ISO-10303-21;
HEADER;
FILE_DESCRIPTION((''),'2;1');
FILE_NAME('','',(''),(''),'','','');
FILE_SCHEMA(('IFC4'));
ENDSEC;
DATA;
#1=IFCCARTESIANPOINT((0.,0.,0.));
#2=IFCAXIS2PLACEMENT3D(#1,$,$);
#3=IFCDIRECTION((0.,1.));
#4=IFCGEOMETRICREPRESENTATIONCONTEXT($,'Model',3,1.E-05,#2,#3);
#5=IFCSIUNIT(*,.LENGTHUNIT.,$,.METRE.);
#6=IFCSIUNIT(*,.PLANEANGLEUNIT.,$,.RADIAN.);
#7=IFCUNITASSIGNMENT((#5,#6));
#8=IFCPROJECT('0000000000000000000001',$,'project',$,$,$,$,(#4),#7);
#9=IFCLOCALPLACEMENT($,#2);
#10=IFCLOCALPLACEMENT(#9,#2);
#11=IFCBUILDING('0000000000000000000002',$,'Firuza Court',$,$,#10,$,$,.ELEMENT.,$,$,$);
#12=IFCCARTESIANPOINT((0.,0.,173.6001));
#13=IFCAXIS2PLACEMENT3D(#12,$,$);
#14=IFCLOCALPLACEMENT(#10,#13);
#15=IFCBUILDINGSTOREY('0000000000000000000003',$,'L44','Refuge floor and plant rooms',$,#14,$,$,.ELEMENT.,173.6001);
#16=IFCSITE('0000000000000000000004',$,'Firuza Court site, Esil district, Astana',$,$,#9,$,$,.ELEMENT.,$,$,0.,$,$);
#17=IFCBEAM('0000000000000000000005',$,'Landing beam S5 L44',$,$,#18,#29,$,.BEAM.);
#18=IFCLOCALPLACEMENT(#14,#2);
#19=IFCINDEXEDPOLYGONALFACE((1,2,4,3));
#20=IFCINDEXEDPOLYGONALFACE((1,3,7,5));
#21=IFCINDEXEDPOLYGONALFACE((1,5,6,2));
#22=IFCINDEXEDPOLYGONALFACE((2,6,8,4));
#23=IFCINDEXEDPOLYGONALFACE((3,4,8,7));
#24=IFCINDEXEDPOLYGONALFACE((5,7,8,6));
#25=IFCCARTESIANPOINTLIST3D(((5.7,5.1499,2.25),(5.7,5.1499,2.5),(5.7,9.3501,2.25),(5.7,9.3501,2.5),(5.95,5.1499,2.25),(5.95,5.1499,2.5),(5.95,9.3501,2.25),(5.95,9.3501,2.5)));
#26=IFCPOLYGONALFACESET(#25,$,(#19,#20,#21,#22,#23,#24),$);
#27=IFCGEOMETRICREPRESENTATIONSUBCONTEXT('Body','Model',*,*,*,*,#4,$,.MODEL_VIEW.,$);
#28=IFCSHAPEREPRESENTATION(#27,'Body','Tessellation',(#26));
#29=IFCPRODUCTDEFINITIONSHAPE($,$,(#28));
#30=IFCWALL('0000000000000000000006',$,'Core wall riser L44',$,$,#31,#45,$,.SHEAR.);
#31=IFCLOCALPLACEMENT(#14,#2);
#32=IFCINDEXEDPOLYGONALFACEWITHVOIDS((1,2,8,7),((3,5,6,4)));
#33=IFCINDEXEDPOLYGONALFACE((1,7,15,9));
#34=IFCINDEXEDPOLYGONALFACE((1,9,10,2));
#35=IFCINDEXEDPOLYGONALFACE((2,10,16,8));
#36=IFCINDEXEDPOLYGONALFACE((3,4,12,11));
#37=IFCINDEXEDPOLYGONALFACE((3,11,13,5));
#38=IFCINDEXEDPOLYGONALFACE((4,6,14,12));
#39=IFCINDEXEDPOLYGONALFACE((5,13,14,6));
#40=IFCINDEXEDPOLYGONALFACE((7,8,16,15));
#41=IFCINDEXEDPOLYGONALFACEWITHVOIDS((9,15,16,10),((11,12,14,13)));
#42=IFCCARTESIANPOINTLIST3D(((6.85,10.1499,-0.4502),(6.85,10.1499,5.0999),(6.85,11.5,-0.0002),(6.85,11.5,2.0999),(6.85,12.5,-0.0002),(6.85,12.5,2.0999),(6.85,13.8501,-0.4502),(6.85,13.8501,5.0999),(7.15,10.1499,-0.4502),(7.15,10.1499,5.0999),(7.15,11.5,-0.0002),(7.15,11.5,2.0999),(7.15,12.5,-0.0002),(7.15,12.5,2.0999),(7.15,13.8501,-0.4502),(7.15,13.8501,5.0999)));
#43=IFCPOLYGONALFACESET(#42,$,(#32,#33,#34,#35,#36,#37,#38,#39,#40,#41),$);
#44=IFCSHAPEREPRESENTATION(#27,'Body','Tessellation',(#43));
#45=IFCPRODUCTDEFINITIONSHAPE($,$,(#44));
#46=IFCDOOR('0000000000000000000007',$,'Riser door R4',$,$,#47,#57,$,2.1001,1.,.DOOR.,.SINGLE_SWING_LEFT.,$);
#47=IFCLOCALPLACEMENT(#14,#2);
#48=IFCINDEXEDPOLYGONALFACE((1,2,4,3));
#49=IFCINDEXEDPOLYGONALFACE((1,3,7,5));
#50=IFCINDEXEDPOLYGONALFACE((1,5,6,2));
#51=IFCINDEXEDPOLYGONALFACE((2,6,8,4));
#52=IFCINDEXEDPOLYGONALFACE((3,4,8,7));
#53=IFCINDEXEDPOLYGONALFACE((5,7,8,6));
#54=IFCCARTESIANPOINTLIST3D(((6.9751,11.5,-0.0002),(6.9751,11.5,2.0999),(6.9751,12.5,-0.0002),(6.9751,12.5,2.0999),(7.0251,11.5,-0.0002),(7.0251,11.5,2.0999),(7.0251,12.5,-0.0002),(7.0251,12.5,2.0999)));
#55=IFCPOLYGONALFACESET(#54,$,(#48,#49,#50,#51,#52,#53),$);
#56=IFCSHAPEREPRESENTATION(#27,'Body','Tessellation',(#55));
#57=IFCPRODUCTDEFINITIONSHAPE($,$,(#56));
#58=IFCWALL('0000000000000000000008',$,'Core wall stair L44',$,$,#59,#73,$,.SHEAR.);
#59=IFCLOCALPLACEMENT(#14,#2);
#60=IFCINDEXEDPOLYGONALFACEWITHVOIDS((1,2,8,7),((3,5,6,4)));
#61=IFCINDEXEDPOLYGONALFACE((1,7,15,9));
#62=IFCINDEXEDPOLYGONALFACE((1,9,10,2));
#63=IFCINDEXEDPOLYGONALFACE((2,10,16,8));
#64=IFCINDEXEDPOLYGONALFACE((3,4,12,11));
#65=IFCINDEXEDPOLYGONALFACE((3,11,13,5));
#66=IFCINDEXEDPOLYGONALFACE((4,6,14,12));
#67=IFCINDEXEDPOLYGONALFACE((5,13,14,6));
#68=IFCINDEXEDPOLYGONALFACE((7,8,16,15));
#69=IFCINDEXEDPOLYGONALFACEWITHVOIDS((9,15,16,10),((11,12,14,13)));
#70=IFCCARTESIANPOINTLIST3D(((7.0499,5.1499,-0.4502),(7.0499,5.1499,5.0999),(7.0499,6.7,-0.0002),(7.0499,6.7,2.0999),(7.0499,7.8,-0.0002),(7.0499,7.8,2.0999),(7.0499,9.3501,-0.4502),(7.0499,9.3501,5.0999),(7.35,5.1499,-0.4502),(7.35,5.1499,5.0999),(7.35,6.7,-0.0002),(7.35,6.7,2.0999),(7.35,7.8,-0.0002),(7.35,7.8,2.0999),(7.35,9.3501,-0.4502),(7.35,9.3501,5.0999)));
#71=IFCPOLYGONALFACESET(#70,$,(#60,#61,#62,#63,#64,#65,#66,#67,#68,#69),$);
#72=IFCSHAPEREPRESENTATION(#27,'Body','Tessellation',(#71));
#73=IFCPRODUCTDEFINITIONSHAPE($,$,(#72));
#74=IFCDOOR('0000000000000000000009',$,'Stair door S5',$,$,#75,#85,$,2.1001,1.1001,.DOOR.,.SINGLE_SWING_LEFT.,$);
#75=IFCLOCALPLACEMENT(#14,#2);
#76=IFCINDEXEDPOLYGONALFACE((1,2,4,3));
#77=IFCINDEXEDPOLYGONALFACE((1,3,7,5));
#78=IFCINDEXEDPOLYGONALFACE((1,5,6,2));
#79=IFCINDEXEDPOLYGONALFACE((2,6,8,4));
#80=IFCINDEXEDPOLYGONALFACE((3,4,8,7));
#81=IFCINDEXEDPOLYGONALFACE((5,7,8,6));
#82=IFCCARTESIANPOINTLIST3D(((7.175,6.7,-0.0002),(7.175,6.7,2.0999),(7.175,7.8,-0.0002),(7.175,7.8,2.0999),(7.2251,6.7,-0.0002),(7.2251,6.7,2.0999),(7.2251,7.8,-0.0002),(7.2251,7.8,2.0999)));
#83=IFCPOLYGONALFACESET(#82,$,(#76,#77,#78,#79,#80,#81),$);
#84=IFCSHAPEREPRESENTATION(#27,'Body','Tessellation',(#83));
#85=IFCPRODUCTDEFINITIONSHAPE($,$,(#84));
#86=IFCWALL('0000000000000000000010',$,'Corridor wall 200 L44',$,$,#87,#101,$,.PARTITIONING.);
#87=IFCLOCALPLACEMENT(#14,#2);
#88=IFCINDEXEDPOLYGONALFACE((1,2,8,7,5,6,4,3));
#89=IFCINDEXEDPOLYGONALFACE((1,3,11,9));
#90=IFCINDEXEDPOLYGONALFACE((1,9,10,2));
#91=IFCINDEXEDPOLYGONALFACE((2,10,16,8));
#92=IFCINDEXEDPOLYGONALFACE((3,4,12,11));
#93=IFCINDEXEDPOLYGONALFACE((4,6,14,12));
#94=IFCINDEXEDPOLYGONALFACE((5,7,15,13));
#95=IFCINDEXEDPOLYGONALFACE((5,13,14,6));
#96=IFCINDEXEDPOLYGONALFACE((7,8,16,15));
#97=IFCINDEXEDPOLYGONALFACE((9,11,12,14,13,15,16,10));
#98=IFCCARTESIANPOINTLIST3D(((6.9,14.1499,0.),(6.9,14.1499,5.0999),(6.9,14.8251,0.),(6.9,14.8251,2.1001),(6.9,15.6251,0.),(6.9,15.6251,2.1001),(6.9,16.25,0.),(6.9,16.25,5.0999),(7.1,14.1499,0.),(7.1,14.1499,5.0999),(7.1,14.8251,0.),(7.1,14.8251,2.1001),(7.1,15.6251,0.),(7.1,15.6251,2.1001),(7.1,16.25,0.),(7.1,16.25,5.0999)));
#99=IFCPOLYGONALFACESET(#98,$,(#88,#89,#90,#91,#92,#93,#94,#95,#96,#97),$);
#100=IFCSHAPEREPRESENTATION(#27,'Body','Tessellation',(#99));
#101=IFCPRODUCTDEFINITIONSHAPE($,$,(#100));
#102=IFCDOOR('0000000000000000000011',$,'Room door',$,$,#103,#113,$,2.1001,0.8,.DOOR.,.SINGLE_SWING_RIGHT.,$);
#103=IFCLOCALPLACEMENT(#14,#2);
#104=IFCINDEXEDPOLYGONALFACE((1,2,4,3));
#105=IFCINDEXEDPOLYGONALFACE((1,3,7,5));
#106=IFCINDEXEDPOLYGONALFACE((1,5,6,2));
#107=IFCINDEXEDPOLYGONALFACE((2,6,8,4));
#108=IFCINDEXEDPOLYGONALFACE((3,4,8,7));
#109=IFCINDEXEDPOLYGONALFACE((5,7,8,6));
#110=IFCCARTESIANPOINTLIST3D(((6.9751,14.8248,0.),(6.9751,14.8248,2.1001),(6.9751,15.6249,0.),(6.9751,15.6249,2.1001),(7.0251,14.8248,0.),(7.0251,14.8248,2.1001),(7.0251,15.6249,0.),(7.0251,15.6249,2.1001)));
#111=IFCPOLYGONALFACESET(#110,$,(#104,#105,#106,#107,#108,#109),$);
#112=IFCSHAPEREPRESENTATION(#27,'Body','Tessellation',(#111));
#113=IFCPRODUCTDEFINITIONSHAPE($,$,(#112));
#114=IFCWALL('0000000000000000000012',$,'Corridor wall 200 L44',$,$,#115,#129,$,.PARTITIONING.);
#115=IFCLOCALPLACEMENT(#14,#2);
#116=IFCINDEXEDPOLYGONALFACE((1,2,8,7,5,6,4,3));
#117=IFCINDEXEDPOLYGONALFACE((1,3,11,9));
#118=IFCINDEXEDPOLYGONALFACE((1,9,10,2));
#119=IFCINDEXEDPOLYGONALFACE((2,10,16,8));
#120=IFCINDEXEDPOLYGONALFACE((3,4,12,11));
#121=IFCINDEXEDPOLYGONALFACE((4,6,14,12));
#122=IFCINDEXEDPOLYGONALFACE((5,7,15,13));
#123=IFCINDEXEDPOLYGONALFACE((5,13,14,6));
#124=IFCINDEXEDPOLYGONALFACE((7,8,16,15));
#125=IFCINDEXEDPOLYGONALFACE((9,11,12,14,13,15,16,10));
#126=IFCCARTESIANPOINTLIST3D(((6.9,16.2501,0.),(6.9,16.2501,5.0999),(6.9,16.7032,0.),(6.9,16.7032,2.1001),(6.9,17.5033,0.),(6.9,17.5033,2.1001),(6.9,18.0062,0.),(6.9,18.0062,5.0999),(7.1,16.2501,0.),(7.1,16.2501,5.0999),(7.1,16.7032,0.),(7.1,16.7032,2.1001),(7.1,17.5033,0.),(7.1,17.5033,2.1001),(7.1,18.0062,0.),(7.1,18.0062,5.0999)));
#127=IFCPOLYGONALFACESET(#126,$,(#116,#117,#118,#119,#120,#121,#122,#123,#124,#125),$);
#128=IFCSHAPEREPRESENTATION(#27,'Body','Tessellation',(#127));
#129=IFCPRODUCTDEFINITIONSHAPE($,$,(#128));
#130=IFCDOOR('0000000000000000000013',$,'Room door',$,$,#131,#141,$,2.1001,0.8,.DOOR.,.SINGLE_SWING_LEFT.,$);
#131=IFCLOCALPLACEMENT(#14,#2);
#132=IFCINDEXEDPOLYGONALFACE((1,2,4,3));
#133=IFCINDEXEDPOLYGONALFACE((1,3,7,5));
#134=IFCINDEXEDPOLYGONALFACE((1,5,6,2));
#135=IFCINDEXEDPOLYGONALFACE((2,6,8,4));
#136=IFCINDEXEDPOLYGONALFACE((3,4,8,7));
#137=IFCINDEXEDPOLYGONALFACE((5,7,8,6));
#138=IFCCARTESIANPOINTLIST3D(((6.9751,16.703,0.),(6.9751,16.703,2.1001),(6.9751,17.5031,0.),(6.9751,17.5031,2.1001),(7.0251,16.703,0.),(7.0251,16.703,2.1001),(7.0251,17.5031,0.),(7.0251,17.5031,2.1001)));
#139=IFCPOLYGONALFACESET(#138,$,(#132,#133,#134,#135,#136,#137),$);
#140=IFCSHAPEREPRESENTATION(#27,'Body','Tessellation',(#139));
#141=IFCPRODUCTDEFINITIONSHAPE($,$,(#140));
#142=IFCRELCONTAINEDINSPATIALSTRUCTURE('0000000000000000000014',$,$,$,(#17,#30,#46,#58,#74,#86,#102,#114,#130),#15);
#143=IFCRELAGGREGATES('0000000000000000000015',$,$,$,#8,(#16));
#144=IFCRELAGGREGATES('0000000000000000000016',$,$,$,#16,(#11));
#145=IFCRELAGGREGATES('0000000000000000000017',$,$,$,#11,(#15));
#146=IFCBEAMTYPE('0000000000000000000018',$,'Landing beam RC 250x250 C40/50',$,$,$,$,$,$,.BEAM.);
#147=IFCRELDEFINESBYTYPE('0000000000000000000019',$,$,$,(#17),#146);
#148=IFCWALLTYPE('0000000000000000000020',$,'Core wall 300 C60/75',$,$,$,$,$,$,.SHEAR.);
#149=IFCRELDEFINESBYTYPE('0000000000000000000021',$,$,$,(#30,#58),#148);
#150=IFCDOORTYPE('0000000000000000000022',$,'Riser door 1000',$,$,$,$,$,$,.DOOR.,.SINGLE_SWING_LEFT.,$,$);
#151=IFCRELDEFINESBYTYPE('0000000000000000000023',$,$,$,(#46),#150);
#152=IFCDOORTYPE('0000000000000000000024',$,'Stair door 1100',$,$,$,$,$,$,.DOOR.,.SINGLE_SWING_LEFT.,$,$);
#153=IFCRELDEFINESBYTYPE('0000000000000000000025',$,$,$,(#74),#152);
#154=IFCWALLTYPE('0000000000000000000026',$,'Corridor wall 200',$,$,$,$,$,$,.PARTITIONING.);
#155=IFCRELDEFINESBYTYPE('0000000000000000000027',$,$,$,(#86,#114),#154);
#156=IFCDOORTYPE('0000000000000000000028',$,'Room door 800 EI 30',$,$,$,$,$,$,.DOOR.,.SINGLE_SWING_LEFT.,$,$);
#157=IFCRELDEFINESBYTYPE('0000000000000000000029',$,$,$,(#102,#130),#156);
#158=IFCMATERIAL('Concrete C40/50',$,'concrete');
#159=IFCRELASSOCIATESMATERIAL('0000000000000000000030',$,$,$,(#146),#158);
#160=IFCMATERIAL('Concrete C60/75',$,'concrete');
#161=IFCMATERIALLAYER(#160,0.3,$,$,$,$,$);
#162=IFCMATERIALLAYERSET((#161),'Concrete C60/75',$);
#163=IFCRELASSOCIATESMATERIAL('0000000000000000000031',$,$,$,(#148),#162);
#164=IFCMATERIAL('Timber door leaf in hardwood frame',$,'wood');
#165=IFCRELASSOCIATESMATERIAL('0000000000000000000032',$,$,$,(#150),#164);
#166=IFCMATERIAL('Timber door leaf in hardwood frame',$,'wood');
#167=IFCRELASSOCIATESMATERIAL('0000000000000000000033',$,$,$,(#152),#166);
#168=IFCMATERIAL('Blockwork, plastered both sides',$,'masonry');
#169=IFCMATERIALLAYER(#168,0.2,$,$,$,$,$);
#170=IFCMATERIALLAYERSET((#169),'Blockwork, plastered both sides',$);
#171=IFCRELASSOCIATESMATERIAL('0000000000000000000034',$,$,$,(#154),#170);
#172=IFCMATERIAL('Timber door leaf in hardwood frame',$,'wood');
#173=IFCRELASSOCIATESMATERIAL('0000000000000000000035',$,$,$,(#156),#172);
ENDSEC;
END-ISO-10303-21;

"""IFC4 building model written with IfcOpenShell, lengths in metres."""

from ifc_helpers import new_model, si_unit, direction, frame, frame_2d, origin, origin_2d, place, context, subcontext, project, spatial, rectangle, extrude, material, layer, layer_set, material_profile, profile_set, type_object, element, fill, save


model = new_model("IFC4")

# Units and contexts
model_context = context("Model", 3, precision=1e-05, world=origin(), true_north=direction((0.0, 1.0)))
body_context = subcontext(model_context, "Body", "Model", "MODEL_VIEW")
ifc_project = project(units=[si_unit("LENGTHUNIT", "METRE"), si_unit("PLANEANGLEUNIT", "RADIAN")], contexts=[model_context])

# Site, building, storey
site_placement = place(None, origin())
site = spatial("IfcSite", under=ifc_project, at=site_placement, Name="Firuza Court site, Esil district, Astana", CompositionType="ELEMENT", RefElevation=0.0)
building_placement = place(site_placement, origin())
building = spatial("IfcBuilding", under=site, at=building_placement, Name="Firuza Court", CompositionType="ELEMENT")
storey_placement = place(building_placement, frame((0.0, 0.0, 173.6001)))
storey = spatial("IfcBuildingStorey", under=building, at=storey_placement, Name="L44", Description="Refuge floor and plant rooms", CompositionType="ELEMENT", Elevation=173.6001)

# Beam
ifc_material_1 = material(Name="Concrete C40/50", Category="concrete")
ifc_material_profile = material_profile(ifc_material_1, rectangle(XDim=0.25, YDim=0.25, at=origin_2d()), Name="RC 250x250")
ifc_profile_set = profile_set([ifc_material_profile], Name="Concrete C40/50")
beam_type = type_object("IfcBeamType", Name="Landing beam RC 250x250 C40/50", PredefinedType="BEAM", material=ifc_profile_set)
beam_placement = place(storey_placement, frame((5.825, 5.1499, 2.375), z_axis=(0.0, 1.0, 0.0), x_axis=(-1.0, 0.0, 0.0)))
element("IfcBeam", 1, at=beam_placement, inside=storey, type_object=beam_type, Name="Landing beam S5 L44", PredefinedType="BEAM", context=body_context, shape_type="SweptSolid", body=[
    extrude(rectangle(XDim=0.25, YDim=0.25, at=origin_2d()), origin(), (0.0, 0.0, 1.0), 4.2002),
])

# Walls, openings, doors
ifc_material_2 = material(Name="Concrete C60/75", Category="concrete")
ifc_layer_1 = layer(ifc_material_2, 0.3)
ifc_layer_set_1 = layer_set([ifc_layer_1], Name="Concrete C60/75")
wall_type_1 = type_object("IfcWallType", Name="Core wall 300 C60/75", PredefinedType="SHEAR", material=ifc_layer_set_1)
wall_1_placement = place(storey_placement, frame((7.0, 10.1499, -0.4502), z_axis=(0.0, 0.0, 1.0), x_axis=(0.0, 1.0, 0.0)))
wall_1 = element("IfcWall", 2, at=wall_1_placement, inside=storey, type_object=wall_type_1, Name="Core wall riser L44", PredefinedType="SHEAR", context=body_context, shape_type="SweptSolid", body=[
    extrude(rectangle(XDim=3.7002, YDim=0.3, at=frame_2d((1.8501, 0.0))), origin(), (0.0, 0.0, 1.0), 5.55),
])
opening_1_placement = place(wall_1_placement, frame((1.3501, 0.0, 0.45)))
opening_1 = element("IfcOpeningElement", 3, at=opening_1_placement, cuts=wall_1, PredefinedType="OPENING", context=body_context, shape_type="SweptSolid", body=[
    extrude(rectangle(XDim=1.0, YDim=2.1001, at=frame_2d((0.5, 1.05))), frame((0.0, 0.1621, 0.0), z_axis=(0.0, -1.0, 0.0), x_axis=(1.0, 0.0, 0.0)), (0.0, 0.0, 1.0), 0.324),
])
ifc_material_3 = material(Name="Timber door leaf in hardwood frame", Category="wood")
door_type_1 = type_object("IfcDoorType", Name="Riser door 1000", OperationType="SINGLE_SWING_LEFT", PredefinedType="DOOR", material=ifc_material_3)
door_1_placement = place(opening_1_placement, origin())
door_1 = element("IfcDoor", 4, at=door_1_placement, inside=storey, type_object=door_type_1, Name="Riser door R4", OperationType="SINGLE_SWING_LEFT", OverallHeight=2.1001, OverallWidth=1.0, PredefinedType="DOOR", context=body_context, shape_type="SweptSolid", body=[
    extrude(rectangle(XDim=1.0, YDim=2.1001, at=frame_2d((0.5, 1.05))), frame((0.0, 0.0249, 0.0), z_axis=(0.0, -1.0, 0.0), x_axis=(1.0, 0.0, 0.0)), (0.0, 0.0, 1.0), 0.05),
])
fill(opening_1, door_1)
wall_2_placement = place(storey_placement, frame((7.2, 5.1499, -0.4502), z_axis=(0.0, 0.0, 1.0), x_axis=(0.0, 1.0, 0.0)))
wall_2 = element("IfcWall", 5, at=wall_2_placement, inside=storey, type_object=wall_type_1, Name="Core wall stair L44", PredefinedType="SHEAR", context=body_context, shape_type="SweptSolid", body=[
    extrude(rectangle(XDim=4.2002, YDim=0.3, at=frame_2d((2.1001, 0.0))), origin(), (0.0, 0.0, 1.0), 5.55),
])
opening_2_placement = place(wall_2_placement, frame((1.55, 0.0, 0.45)))
opening_2 = element("IfcOpeningElement", 6, at=opening_2_placement, cuts=wall_2, PredefinedType="OPENING", context=body_context, shape_type="SweptSolid", body=[
    extrude(rectangle(XDim=1.1001, YDim=2.1001, at=frame_2d((0.55, 1.05))), frame((0.0, 0.1621, 0.0), z_axis=(0.0, -1.0, 0.0), x_axis=(1.0, 0.0, 0.0)), (0.0, 0.0, 1.0), 0.324),
])
ifc_material_4 = material(Name="Timber door leaf in hardwood frame", Category="wood")
door_type_2 = type_object("IfcDoorType", Name="Stair door 1100", OperationType="SINGLE_SWING_LEFT", PredefinedType="DOOR", material=ifc_material_4)
door_2_placement = place(opening_2_placement, origin())
door_2 = element("IfcDoor", 7, at=door_2_placement, inside=storey, type_object=door_type_2, Name="Stair door S5", OperationType="SINGLE_SWING_LEFT", OverallHeight=2.1001, OverallWidth=1.1001, PredefinedType="DOOR", context=body_context, shape_type="SweptSolid", body=[
    extrude(rectangle(XDim=1.1001, YDim=2.1001, at=frame_2d((0.55, 1.05))), frame((0.0, 0.0249, 0.0), z_axis=(0.0, -1.0, 0.0), x_axis=(1.0, 0.0, 0.0)), (0.0, 0.0, 1.0), 0.05),
])
fill(opening_2, door_2)
ifc_material_5 = material(Name="Blockwork, plastered both sides", Category="masonry")
ifc_layer_2 = layer(ifc_material_5, 0.2)
ifc_layer_set_2 = layer_set([ifc_layer_2], Name="Blockwork, plastered both sides")
wall_type_2 = type_object("IfcWallType", Name="Corridor wall 200", PredefinedType="PARTITIONING", material=ifc_layer_set_2)
wall_3_placement = place(storey_placement, frame((7.0, 16.25, 0.0), z_axis=(0.0, 0.0, 1.0), x_axis=(0.0, -1.0, 0.0)))
wall_3 = element("IfcWall", 8, at=wall_3_placement, inside=storey, type_object=wall_type_2, Name="Corridor wall 200 L44", PredefinedType="PARTITIONING", context=body_context, shape_type="SweptSolid", body=[
    extrude(rectangle(XDim=2.1001, YDim=0.2, at=frame_2d((1.05, 0.0))), origin(), (0.0, 0.0, 1.0), 5.0999),
])
opening_3_placement = place(wall_3_placement, frame((0.625, 0.0, 0.0)))
opening_3 = element("IfcOpeningElement", 9, at=opening_3_placement, cuts=wall_3, PredefinedType="OPENING", context=body_context, shape_type="SweptSolid", body=[
    extrude(rectangle(XDim=0.8, YDim=2.1001, at=frame_2d((0.3999, 1.05))), frame((0.0, 0.1118, 0.0), z_axis=(0.0, -1.0, 0.0), x_axis=(1.0, 0.0, 0.0)), (0.0, 0.0, 1.0), 0.2239),
])
ifc_material_6 = material(Name="Timber door leaf in hardwood frame", Category="wood")
door_type_3 = type_object("IfcDoorType", Name="Room door 800 EI 30", OperationType="SINGLE_SWING_LEFT", PredefinedType="DOOR", material=ifc_material_6)
door_3_placement = place(opening_3_placement, frame((0.8, 0.0, 0.0), z_axis=(0.0, 0.0, 1.0), x_axis=(-1.0, 0.0, 0.0)))
door_3 = element("IfcDoor", 10, at=door_3_placement, inside=storey, type_object=door_type_3, Name="Room door", OperationType="SINGLE_SWING_RIGHT", OverallHeight=2.1001, OverallWidth=0.8, PredefinedType="DOOR", context=body_context, shape_type="SweptSolid", body=[
    extrude(rectangle(XDim=0.8, YDim=2.1001, at=frame_2d((0.3999, 1.05))), frame((0.0, 0.0249, 0.0), z_axis=(0.0, -1.0, 0.0), x_axis=(1.0, 0.0, 0.0)), (0.0, 0.0, 1.0), 0.05),
])
fill(opening_3, door_3)
wall_4_placement = place(storey_placement, frame((7.0, 18.0061, 0.0), z_axis=(0.0, 0.0, 1.0), x_axis=(0.0, -1.0, 0.0)))
wall_4 = element("IfcWall", 11, at=wall_4_placement, inside=storey, type_object=wall_type_2, Name="Corridor wall 200 L44", PredefinedType="PARTITIONING", context=body_context, shape_type="SweptSolid", body=[
    extrude(rectangle(XDim=1.7561, YDim=0.2, at=frame_2d((0.8779, 0.0))), origin(), (0.0, 0.0, 1.0), 5.0999),
])
opening_4_placement = place(wall_4_placement, frame((0.5029, 0.0, 0.0)))
opening_4 = element("IfcOpeningElement", 12, at=opening_4_placement, cuts=wall_4, PredefinedType="OPENING", context=body_context, shape_type="SweptSolid", body=[
    extrude(rectangle(XDim=0.8, YDim=2.1001, at=frame_2d((0.3999, 1.05))), frame((0.0, 0.1118, 0.0), z_axis=(0.0, -1.0, 0.0), x_axis=(1.0, 0.0, 0.0)), (0.0, 0.0, 1.0), 0.2239),
])
door_4_placement = place(opening_4_placement, frame((0.8, 0.0, 0.0), z_axis=(0.0, 0.0, 1.0), x_axis=(-1.0, 0.0, 0.0)))
door_4 = element("IfcDoor", 13, at=door_4_placement, inside=storey, type_object=door_type_3, Name="Room door", OperationType="SINGLE_SWING_LEFT", OverallHeight=2.1001, OverallWidth=0.8, PredefinedType="DOOR", context=body_context, shape_type="SweptSolid", body=[
    extrude(rectangle(XDim=0.8, YDim=2.1001, at=frame_2d((0.3999, 1.05))), frame((0.0, 0.0249, 0.0), z_axis=(0.0, -1.0, 0.0), x_axis=(1.0, 0.0, 0.0)), (0.0, 0.0, 1.0), 0.05),
])
fill(opening_4, door_4)

save(model, "model.ifc")
